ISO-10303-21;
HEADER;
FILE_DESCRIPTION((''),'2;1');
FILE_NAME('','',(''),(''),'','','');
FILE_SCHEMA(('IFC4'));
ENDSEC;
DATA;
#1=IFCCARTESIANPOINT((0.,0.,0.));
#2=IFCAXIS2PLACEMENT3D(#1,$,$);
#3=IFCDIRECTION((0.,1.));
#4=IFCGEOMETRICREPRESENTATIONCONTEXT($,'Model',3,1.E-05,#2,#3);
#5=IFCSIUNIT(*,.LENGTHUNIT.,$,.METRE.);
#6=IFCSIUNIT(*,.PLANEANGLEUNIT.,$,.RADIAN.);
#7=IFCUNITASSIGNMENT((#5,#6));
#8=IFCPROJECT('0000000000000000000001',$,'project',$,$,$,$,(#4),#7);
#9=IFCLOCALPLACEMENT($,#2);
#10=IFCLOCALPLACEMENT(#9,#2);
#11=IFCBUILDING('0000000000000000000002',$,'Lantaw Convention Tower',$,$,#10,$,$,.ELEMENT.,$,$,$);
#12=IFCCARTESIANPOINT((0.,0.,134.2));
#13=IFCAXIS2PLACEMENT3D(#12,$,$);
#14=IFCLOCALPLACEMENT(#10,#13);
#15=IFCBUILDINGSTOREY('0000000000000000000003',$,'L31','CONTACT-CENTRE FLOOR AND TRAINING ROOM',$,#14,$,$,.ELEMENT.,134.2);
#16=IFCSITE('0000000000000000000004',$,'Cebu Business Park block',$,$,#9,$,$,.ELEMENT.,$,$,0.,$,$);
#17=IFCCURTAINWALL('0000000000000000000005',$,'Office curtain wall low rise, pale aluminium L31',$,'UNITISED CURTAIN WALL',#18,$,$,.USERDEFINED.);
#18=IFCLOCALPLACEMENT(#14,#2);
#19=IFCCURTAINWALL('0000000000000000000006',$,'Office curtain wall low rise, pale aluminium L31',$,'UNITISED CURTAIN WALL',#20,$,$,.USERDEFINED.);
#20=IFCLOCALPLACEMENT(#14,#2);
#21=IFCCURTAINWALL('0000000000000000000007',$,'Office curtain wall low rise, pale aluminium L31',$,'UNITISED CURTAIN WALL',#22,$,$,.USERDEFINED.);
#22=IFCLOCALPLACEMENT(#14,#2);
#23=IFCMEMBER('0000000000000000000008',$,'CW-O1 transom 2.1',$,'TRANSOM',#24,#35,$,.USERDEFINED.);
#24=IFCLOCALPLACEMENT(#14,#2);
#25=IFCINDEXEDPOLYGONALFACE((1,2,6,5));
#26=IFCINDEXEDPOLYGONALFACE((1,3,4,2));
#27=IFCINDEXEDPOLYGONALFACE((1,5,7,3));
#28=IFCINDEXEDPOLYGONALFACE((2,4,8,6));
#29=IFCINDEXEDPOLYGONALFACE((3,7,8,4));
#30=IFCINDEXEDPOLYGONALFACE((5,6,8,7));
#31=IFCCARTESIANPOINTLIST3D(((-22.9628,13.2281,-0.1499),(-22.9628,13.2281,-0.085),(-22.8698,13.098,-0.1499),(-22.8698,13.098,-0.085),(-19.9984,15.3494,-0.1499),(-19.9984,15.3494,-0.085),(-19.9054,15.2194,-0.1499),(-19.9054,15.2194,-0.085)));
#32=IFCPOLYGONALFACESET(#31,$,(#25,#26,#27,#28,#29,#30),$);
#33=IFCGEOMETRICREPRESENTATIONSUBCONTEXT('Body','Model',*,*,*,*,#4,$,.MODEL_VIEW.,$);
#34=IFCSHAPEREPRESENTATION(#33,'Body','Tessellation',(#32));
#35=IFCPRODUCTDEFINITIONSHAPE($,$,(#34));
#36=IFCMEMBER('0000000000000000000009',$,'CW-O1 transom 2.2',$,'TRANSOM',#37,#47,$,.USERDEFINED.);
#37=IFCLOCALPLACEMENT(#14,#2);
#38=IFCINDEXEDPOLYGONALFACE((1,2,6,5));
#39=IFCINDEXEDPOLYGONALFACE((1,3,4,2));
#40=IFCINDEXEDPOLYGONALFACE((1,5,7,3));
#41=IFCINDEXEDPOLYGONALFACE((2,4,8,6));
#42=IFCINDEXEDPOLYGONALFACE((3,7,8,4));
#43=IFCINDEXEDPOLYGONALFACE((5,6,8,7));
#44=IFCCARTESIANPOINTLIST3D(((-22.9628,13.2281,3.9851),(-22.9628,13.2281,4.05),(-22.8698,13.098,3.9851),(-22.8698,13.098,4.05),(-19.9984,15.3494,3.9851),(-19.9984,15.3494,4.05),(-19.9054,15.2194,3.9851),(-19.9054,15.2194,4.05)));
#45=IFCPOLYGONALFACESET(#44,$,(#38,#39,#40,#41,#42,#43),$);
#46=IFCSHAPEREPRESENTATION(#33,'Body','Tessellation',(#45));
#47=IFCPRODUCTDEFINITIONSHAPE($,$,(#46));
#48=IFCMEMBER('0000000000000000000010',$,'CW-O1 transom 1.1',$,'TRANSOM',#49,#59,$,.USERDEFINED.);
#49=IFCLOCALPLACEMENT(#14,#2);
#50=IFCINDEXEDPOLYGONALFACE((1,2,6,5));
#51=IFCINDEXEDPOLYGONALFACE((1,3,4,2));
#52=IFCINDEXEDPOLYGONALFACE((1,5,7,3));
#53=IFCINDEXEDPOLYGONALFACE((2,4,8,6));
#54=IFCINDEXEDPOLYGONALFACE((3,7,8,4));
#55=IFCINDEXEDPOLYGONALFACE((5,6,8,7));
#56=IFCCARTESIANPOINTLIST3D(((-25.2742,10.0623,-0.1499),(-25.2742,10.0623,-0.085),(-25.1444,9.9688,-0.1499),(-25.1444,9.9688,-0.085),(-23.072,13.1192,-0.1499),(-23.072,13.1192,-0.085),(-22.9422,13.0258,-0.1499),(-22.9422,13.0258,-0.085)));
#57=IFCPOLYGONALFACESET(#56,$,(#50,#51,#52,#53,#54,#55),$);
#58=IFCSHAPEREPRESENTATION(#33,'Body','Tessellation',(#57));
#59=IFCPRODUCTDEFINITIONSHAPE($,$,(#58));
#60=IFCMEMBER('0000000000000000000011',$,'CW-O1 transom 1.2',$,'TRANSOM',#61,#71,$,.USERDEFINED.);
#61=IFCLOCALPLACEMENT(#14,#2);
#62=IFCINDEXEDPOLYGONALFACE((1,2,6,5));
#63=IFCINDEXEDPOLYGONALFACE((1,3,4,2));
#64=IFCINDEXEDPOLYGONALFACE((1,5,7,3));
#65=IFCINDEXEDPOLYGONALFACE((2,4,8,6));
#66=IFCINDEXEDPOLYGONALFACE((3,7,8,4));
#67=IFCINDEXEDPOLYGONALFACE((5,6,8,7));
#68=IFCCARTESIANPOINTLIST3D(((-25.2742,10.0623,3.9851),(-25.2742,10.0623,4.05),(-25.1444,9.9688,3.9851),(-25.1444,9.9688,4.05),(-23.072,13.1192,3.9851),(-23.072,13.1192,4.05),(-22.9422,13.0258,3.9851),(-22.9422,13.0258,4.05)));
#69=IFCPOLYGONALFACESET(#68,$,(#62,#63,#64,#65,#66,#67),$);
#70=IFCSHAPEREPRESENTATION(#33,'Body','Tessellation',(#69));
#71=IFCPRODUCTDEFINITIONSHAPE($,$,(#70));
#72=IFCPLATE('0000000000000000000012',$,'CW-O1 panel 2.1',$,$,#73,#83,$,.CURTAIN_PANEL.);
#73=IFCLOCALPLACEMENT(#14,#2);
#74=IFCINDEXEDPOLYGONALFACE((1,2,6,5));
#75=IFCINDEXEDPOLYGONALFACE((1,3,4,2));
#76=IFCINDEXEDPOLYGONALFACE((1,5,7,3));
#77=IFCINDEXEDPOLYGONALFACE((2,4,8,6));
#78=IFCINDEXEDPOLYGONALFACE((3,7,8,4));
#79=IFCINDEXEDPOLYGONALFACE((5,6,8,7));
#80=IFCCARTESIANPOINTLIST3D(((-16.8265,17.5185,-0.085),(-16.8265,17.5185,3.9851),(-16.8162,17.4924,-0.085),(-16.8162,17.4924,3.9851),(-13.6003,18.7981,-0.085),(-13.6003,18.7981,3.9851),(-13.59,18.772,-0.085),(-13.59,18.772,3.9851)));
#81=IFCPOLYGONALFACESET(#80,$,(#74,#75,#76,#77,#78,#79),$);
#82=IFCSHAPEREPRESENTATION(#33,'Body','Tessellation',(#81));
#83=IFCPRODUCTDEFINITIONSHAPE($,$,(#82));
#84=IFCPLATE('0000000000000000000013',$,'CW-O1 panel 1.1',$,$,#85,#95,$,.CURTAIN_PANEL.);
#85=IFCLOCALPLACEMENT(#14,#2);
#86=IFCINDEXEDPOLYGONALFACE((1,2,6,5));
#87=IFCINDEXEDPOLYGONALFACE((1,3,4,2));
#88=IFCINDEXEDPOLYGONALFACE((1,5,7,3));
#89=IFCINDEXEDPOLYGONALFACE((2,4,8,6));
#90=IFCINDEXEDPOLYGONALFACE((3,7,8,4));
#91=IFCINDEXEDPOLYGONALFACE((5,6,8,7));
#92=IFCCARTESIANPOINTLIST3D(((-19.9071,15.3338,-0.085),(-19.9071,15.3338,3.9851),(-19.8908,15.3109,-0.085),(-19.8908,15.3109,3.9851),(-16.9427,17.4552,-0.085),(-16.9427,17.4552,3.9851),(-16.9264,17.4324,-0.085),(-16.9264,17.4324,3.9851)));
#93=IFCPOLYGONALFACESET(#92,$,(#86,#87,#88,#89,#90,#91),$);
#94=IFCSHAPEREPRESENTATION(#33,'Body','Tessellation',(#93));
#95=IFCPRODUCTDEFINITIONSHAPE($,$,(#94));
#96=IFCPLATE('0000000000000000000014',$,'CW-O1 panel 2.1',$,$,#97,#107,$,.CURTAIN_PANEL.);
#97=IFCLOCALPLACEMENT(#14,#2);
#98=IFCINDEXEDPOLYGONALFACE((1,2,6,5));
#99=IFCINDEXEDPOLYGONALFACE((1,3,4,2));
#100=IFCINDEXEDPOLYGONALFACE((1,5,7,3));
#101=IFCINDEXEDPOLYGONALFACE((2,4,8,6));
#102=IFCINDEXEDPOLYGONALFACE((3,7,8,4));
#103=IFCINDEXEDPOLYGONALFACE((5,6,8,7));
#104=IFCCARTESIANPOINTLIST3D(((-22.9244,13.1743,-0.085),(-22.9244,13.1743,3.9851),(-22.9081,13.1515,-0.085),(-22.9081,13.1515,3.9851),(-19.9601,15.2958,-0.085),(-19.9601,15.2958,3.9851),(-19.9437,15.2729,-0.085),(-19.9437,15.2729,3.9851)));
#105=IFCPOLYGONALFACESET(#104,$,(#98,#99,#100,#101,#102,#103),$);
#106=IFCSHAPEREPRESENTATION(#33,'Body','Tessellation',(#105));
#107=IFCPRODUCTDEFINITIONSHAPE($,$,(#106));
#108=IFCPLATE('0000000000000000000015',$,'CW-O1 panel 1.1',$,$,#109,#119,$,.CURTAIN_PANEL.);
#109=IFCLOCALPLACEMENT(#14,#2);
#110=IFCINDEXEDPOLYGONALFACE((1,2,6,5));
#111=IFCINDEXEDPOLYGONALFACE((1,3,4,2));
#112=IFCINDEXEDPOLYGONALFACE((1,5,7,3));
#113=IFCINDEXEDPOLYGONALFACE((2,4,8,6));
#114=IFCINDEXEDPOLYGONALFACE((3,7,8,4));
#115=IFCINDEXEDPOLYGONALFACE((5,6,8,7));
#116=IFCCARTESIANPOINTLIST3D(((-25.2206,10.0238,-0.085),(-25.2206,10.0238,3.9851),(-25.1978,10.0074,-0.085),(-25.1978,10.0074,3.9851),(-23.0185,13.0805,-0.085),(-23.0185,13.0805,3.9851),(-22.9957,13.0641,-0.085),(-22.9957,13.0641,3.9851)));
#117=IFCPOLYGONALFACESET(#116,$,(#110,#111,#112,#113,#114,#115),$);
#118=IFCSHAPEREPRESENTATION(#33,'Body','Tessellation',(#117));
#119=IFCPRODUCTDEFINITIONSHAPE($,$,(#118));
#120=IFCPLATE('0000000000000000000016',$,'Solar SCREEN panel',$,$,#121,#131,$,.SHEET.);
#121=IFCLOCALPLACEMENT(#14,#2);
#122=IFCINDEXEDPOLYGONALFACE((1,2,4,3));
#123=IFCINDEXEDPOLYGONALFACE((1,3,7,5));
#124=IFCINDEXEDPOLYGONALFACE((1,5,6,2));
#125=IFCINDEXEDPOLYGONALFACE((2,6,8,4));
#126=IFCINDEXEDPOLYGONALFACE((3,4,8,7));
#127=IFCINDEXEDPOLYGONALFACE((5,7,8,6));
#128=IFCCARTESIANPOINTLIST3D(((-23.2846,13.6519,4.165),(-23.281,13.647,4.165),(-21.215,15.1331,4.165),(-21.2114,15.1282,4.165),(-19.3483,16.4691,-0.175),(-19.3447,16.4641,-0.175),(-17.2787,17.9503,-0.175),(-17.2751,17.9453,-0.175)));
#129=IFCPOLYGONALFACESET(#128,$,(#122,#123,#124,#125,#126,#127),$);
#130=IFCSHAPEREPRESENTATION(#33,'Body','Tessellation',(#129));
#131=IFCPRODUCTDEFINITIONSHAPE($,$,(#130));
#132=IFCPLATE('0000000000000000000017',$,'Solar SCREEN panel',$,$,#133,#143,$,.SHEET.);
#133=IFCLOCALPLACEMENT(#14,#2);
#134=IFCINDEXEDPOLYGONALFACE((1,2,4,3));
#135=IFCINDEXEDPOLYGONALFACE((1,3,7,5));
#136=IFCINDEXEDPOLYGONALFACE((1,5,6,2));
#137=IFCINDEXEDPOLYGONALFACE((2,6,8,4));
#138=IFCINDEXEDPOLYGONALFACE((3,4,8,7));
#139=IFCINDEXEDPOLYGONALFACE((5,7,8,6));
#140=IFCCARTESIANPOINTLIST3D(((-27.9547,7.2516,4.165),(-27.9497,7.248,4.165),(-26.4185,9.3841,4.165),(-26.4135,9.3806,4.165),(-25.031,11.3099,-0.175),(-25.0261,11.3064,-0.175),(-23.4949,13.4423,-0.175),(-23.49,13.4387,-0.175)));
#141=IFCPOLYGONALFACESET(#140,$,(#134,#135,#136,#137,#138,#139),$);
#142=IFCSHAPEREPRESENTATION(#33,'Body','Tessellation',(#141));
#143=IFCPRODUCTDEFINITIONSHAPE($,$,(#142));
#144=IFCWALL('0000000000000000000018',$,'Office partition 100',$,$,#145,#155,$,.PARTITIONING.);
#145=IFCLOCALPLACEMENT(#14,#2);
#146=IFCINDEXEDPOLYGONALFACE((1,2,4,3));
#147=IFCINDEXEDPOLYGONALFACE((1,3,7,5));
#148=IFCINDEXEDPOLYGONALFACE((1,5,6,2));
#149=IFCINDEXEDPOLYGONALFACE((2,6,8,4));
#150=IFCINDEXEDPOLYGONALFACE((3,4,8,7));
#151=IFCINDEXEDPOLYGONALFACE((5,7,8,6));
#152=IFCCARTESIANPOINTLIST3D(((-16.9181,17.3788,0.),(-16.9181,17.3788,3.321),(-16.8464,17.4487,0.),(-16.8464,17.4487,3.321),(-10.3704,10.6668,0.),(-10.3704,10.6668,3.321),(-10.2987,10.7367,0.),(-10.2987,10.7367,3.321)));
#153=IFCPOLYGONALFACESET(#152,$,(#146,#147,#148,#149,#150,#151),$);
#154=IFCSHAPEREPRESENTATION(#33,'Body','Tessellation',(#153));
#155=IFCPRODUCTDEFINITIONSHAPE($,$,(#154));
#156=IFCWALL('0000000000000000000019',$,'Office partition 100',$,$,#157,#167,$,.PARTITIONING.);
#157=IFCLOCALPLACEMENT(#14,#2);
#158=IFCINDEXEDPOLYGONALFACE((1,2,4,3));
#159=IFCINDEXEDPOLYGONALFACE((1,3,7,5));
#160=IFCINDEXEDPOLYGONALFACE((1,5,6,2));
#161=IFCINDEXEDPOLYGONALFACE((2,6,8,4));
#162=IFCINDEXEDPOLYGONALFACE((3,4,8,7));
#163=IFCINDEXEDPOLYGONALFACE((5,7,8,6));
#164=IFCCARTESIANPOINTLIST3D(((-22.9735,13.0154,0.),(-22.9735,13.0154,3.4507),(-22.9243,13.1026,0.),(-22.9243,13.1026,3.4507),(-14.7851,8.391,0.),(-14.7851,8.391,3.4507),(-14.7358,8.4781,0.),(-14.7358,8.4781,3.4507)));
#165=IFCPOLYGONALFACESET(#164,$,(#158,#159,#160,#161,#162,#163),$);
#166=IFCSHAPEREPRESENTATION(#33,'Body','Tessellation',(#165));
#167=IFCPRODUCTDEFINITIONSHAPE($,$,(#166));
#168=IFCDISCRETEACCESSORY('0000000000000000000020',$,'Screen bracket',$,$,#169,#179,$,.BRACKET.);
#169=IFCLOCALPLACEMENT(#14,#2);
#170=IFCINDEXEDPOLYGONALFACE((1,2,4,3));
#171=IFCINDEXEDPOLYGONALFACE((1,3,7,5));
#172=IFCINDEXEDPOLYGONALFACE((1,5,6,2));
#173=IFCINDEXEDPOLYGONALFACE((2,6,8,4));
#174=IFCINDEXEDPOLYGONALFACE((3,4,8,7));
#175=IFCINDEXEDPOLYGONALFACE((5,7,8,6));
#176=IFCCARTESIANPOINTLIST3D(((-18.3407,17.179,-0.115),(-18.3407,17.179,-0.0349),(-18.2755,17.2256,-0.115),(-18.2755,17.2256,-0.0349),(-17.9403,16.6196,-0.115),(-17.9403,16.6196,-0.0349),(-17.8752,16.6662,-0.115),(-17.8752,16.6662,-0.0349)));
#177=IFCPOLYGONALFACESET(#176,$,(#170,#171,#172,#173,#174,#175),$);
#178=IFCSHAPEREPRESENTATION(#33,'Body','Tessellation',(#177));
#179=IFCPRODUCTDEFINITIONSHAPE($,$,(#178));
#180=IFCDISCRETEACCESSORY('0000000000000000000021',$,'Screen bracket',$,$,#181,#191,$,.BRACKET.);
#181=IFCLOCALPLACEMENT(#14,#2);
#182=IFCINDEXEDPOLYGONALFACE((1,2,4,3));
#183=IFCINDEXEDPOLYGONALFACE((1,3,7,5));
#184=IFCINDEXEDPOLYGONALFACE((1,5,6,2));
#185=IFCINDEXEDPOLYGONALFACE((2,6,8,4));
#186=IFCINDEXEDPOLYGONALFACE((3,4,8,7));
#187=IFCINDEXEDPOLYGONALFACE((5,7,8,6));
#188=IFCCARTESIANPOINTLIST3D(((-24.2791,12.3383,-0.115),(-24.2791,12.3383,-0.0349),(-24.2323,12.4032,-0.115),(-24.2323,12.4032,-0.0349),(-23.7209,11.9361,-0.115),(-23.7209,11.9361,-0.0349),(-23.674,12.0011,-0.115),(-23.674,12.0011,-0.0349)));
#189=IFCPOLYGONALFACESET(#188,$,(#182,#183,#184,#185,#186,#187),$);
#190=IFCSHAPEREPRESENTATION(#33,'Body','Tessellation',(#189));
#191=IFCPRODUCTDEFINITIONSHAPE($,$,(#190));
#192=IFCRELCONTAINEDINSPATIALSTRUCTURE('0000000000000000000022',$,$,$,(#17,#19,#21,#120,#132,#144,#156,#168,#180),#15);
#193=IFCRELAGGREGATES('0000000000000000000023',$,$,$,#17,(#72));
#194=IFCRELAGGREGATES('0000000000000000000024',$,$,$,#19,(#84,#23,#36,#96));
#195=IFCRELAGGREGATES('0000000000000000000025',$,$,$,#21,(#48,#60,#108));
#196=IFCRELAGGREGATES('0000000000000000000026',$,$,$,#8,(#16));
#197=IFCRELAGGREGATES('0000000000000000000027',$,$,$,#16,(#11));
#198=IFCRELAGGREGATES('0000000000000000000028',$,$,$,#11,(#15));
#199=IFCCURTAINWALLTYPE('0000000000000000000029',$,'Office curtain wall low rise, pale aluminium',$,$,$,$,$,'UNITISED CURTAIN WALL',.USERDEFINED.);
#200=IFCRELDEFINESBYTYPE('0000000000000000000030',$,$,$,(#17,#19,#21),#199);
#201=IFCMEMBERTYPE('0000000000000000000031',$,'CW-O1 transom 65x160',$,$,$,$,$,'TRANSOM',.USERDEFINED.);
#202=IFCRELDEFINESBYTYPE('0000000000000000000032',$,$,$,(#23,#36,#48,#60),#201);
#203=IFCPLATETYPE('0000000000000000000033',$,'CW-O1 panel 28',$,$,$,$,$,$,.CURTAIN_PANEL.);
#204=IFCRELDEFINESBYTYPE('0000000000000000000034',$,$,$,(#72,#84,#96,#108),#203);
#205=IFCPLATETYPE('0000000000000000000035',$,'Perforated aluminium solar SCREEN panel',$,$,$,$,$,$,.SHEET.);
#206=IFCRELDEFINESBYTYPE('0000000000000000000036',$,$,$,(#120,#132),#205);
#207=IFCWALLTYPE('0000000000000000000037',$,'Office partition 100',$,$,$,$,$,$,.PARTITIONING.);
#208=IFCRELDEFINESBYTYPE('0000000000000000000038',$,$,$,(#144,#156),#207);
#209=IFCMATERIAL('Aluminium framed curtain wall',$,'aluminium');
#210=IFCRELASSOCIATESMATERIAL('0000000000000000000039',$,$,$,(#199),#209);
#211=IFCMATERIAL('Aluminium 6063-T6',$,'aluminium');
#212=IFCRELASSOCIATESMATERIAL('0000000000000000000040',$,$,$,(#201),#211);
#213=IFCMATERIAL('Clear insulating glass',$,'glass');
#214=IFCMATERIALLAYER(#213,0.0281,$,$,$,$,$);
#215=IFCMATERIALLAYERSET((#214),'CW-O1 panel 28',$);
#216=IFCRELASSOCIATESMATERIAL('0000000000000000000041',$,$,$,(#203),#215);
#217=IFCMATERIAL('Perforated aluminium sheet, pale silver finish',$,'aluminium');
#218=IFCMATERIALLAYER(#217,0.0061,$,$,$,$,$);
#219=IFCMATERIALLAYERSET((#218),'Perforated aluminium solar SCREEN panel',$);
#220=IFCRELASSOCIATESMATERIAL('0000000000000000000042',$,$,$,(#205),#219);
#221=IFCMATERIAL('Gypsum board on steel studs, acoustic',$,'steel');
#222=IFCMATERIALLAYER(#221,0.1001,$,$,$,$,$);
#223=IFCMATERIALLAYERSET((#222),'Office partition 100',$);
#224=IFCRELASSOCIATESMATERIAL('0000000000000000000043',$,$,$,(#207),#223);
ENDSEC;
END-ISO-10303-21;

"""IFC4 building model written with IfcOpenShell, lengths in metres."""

from ifc_helpers import new_model, si_unit, direction, frame, frame_2d, origin, origin_2d, place, context, subcontext, project, spatial, polyline, rectangle, outline, extrude, material, layer, layer_set, material_profile, profile_set, type_object, element, aggregate, save


model = new_model("IFC4")

# Units and contexts
model_context = context("Model", 3, precision=1e-05, world=origin(), true_north=direction((0.0, 1.0)))
body_context = subcontext(model_context, "Body", "Model", "MODEL_VIEW")
ifc_project = project(units=[si_unit("LENGTHUNIT", "METRE"), si_unit("PLANEANGLEUNIT", "RADIAN")], contexts=[model_context])

# Site, building, storey
site_placement = place(None, origin())
site = spatial("IfcSite", under=ifc_project, at=site_placement, Name="Cebu Business Park block", CompositionType="ELEMENT", RefElevation=0.0)
building_placement = place(site_placement, origin())
building = spatial("IfcBuilding", under=site, at=building_placement, Name="Lantaw Convention Tower", CompositionType="ELEMENT")
storey_placement = place(building_placement, frame((0.0, 0.0, 134.2)))
storey = spatial("IfcBuildingStorey", under=building, at=storey_placement, Name="L31", Description="CONTACT-CENTRE FLOOR AND TRAINING ROOM", CompositionType="ELEMENT", Elevation=134.2)

# Curtain walls
ifc_material_1 = material(Name="Aluminium framed curtain wall", Category="aluminium")
curtain_wall_type = type_object("IfcCurtainWallType", Name="Office curtain wall low rise, pale aluminium", ElementType="UNITISED CURTAIN WALL", PredefinedType="USERDEFINED", material=ifc_material_1)
curtain_wall_1_placement = place(storey_placement, origin())
curtain_wall_1 = element("IfcCurtainWall", 1, at=curtain_wall_1_placement, inside=storey, type_object=curtain_wall_type, Name="Office curtain wall low rise, pale aluminium L31", ObjectType="UNITISED CURTAIN WALL", PredefinedType="USERDEFINED")
ifc_material_2 = material(Name="Aluminium 6063-T6", Category="aluminium")
curtain_wall_2_placement = place(storey_placement, origin())
curtain_wall_2 = element("IfcCurtainWall", 2, at=curtain_wall_2_placement, inside=storey, type_object=curtain_wall_type, Name="Office curtain wall low rise, pale aluminium L31", ObjectType="UNITISED CURTAIN WALL", PredefinedType="USERDEFINED")
curtain_wall_3_placement = place(storey_placement, origin())
curtain_wall_3 = element("IfcCurtainWall", 3, at=curtain_wall_3_placement, inside=storey, type_object=curtain_wall_type, Name="Office curtain wall low rise, pale aluminium L31", ObjectType="UNITISED CURTAIN WALL", PredefinedType="USERDEFINED")

# Members
ifc_material_profile_1 = material_profile(ifc_material_2, rectangle(XDim=0.1599, YDim=0.0649, at=origin_2d()), Name="CW-O1 transom 65x160")
ifc_profile_set_1 = profile_set([ifc_material_profile_1], Name="Aluminium 6063-T6")
member_type_1 = type_object("IfcMemberType", Name="CW-O1 transom 65x160", ElementType="TRANSOM", PredefinedType="USERDEFINED", material=ifc_profile_set_1)
member_1_placement = place(storey_placement, frame((-19.9519, 15.2844, -0.1174), z_axis=(-0.813222, -0.581954, 0.0), x_axis=(0.581954, -0.813222, 0.0)))
member_1 = element("IfcMember", 4, at=member_1_placement, type_object=member_type_1, Name="CW-O1 transom 2.1", ObjectType="TRANSOM", PredefinedType="USERDEFINED", context=body_context, shape_type="SweptSolid", body=[
    extrude(rectangle(XDim=0.1599, YDim=0.0649, at=origin_2d()), origin(), (0.0, 0.0, 1.0), 3.6453),
])
member_2_placement = place(storey_placement, frame((-19.9519, 15.2844, 4.0176), z_axis=(-0.813222, -0.581954, 0.0), x_axis=(0.581954, -0.813222, 0.0)))
member_2 = element("IfcMember", 5, at=member_2_placement, type_object=member_type_1, Name="CW-O1 transom 2.2", ObjectType="TRANSOM", PredefinedType="USERDEFINED", context=body_context, shape_type="SweptSolid", body=[
    extrude(rectangle(XDim=0.1599, YDim=0.0649, at=origin_2d()), origin(), (0.0, 0.0, 1.0), 3.6453),
])
member_3_placement = place(storey_placement, frame((-23.0071, 13.0725, -0.1174), z_axis=(-0.584513, -0.811384, 0.0), x_axis=(0.811384, -0.584513, 0.0)))
member_3 = element("IfcMember", 6, at=member_3_placement, type_object=member_type_1, Name="CW-O1 transom 1.1", ObjectType="TRANSOM", PredefinedType="USERDEFINED", context=body_context, shape_type="SweptSolid", body=[
    extrude(rectangle(XDim=0.1599, YDim=0.0649, at=origin_2d()), origin(), (0.0, 0.0, 1.0), 3.7676),
])
member_4_placement = place(storey_placement, frame((-23.0071, 13.0725, 4.0176), z_axis=(-0.584513, -0.811384, 0.0), x_axis=(0.811384, -0.584513, 0.0)))
member_4 = element("IfcMember", 7, at=member_4_placement, type_object=member_type_1, Name="CW-O1 transom 1.2", ObjectType="TRANSOM", PredefinedType="USERDEFINED", context=body_context, shape_type="SweptSolid", body=[
    extrude(rectangle(XDim=0.1599, YDim=0.0649, at=origin_2d()), origin(), (0.0, 0.0, 1.0), 3.7676),
])

# Plates
ifc_material_3 = material(Name="Clear insulating glass", Category="glass")
ifc_layer_1 = layer(ifc_material_3, 0.0281)
ifc_layer_set_1 = layer_set([ifc_layer_1], Name="CW-O1 panel 28")
plate_type_1 = type_object("IfcPlateType", Name="CW-O1 panel 28", PredefinedType="CURTAIN_PANEL", material=ifc_layer_set_1)
plate_1_placement = place(storey_placement, frame((-15.2083, 18.1453, -0.085), z_axis=(0.0, 0.0, 1.0), x_axis=(-0.929548, -0.368702, 0.0)))
plate_1 = element("IfcPlate", 8, at=plate_1_placement, type_object=plate_type_1, Name="CW-O1 panel 2.1", PredefinedType="CURTAIN_PANEL", context=body_context, shape_type="SweptSolid", body=[
    extrude(rectangle(XDim=3.4707, YDim=0.0281, at=origin_2d()), origin(), (0.0, 0.0, 1.0), 4.0701),
])
aggregate(curtain_wall_1, [plate_1])
plate_2_placement = place(storey_placement, frame((-18.4167, 16.3831, -0.085), z_axis=(0.0, 0.0, 1.0), x_axis=(-0.813208, -0.581973, 0.0)))
plate_2 = element("IfcPlate", 9, at=plate_2_placement, type_object=plate_type_1, Name="CW-O1 panel 1.1", PredefinedType="CURTAIN_PANEL", context=body_context, shape_type="SweptSolid", body=[
    extrude(rectangle(XDim=3.6453, YDim=0.0281, at=origin_2d()), origin(), (0.0, 0.0, 1.0), 4.0701),
])
plate_3_placement = place(storey_placement, frame((-21.4341, 14.2236, -0.085), z_axis=(0.0, 0.0, 1.0), x_axis=(-0.813208, -0.581973, 0.0)))
plate_3 = element("IfcPlate", 10, at=plate_3_placement, type_object=plate_type_1, Name="CW-O1 panel 2.1", PredefinedType="CURTAIN_PANEL", context=body_context, shape_type="SweptSolid", body=[
    extrude(rectangle(XDim=3.6453, YDim=0.0281, at=origin_2d()), origin(), (0.0, 0.0, 1.0), 4.0701),
])
aggregate(curtain_wall_2, [plate_2, member_1, member_2, plate_3])
plate_4_placement = place(storey_placement, frame((-24.1082, 11.5439, -0.085), z_axis=(0.0, 0.0, 1.0), x_axis=(-0.584513, -0.811385, 0.0)))
plate_4 = element("IfcPlate", 11, at=plate_4_placement, type_object=plate_type_1, Name="CW-O1 panel 1.1", PredefinedType="CURTAIN_PANEL", context=body_context, shape_type="SweptSolid", body=[
    extrude(rectangle(XDim=3.7673, YDim=0.0281, at=origin_2d()), origin(), (0.0, 0.0, 1.0), 4.0701),
])
aggregate(curtain_wall_3, [member_3, member_4, plate_4])

# Plates
ifc_material_4 = material(Name="Perforated aluminium sheet, pale silver finish", Category="aluminium")
ifc_layer_2 = layer(ifc_material_4, 0.0061)
ifc_layer_set_2 = layer_set([ifc_layer_2], Name="Perforated aluminium solar SCREEN panel")
plate_type_2 = type_object("IfcPlateType", Name="Perforated aluminium solar SCREEN panel", PredefinedType="SHEET", material=ifc_layer_set_2)
plate_5_placement = place(storey_placement, frame((-17.2751, 17.9453, -0.175), z_axis=(0.582, -0.813189, 0.000012), x_axis=(-0.813189, -0.582, 0.0)))
element("IfcPlate", 12, at=plate_5_placement, inside=storey, type_object=plate_type_2, Name="Solar SCREEN panel", PredefinedType="SHEET", context=body_context, shape_type="SweptSolid", body=[
    extrude(outline(polyline([(0.0, 0.0), (2.545, 0.0), (7.3855, -4.3401), (4.8405, -4.3401), (0.0, 0.0)])), origin(), (0.0, 0.0, -1.0), 0.0061),
])
plate_6_placement = place(storey_placement, frame((-23.49, 13.4387, -0.175), z_axis=(0.811395, -0.584498, 0.000036), x_axis=(-0.584498, -0.811395, 0.0)))
element("IfcPlate", 13, at=plate_6_placement, inside=storey, type_object=plate_type_2, Name="Solar SCREEN panel", PredefinedType="SHEET", context=body_context, shape_type="SweptSolid", body=[
    extrude(outline(polyline([(0.0, 0.0), (2.628, 0.0), (7.6298, -4.3401), (5.0016, -4.3401), (0.0, 0.0)])), origin(), (0.0, 0.0, -1.0), 0.0061),
])

# Walls
ifc_material_5 = material(Name="Gypsum board on steel studs, acoustic", Category="steel")
ifc_layer_3 = layer(ifc_material_5, 0.1001)
ifc_layer_set_3 = layer_set([ifc_layer_3], Name="Office partition 100")
wall_type = type_object("IfcWallType", Name="Office partition 100", PredefinedType="PARTITIONING", material=ifc_layer_set_3)
wall_1_placement = place(storey_placement, frame((-16.8823, 17.4138, 0.0), z_axis=(0.0, 0.0, 1.0), x_axis=(0.698291, -0.715814, 0.0)))
element("IfcWall", 14, at=wall_1_placement, inside=storey, type_object=wall_type, Name="Office partition 100", PredefinedType="PARTITIONING", context=body_context, shape_type="SweptSolid", body=[
    extrude(rectangle(XDim=9.3767, YDim=0.1001, at=frame_2d((4.6885, 0.0))), origin(), (0.0, 0.0, 1.0), 3.321),
])
wall_2_placement = place(storey_placement, frame((-22.949, 13.0591, 0.0), z_axis=(0.0, 0.0, 1.0), x_axis=(0.870734, -0.491754, 0.0)))
element("IfcWall", 15, at=wall_2_placement, inside=storey, type_object=wall_type, Name="Office partition 100", PredefinedType="PARTITIONING", context=body_context, shape_type="SweptSolid", body=[
    extrude(rectangle(XDim=9.4041, YDim=0.1001, at=frame_2d((4.7021, 0.0))), origin(), (0.0, 0.0, 1.0), 3.4507),
])

# Discrete accessories
for number, where, z_axis, x_axis, name in (
    (16, (-18.1079, 16.9226, -0.115), (0.0, 0.0, 1.0), (-0.813208, -0.581973, 0.0), "Screen bracket"),
    (17, (-23.9766, 12.1697, -0.115), (0.0, 0.0, 1.0), (-0.584513, -0.811385, 0.0), "Screen bracket"),
):
    element("IfcDiscreteAccessory", number, at=place(storey_placement, frame(where, z_axis=z_axis, x_axis=x_axis)), inside=storey, Name=name, PredefinedType="BRACKET", context=body_context, shape_type="SweptSolid", body=[
        extrude(rectangle(XDim=0.0801, YDim=0.688, at=origin_2d()), origin(), (0.0, 0.0, 1.0), 0.0801),
    ])

save(model, "model.ifc")
